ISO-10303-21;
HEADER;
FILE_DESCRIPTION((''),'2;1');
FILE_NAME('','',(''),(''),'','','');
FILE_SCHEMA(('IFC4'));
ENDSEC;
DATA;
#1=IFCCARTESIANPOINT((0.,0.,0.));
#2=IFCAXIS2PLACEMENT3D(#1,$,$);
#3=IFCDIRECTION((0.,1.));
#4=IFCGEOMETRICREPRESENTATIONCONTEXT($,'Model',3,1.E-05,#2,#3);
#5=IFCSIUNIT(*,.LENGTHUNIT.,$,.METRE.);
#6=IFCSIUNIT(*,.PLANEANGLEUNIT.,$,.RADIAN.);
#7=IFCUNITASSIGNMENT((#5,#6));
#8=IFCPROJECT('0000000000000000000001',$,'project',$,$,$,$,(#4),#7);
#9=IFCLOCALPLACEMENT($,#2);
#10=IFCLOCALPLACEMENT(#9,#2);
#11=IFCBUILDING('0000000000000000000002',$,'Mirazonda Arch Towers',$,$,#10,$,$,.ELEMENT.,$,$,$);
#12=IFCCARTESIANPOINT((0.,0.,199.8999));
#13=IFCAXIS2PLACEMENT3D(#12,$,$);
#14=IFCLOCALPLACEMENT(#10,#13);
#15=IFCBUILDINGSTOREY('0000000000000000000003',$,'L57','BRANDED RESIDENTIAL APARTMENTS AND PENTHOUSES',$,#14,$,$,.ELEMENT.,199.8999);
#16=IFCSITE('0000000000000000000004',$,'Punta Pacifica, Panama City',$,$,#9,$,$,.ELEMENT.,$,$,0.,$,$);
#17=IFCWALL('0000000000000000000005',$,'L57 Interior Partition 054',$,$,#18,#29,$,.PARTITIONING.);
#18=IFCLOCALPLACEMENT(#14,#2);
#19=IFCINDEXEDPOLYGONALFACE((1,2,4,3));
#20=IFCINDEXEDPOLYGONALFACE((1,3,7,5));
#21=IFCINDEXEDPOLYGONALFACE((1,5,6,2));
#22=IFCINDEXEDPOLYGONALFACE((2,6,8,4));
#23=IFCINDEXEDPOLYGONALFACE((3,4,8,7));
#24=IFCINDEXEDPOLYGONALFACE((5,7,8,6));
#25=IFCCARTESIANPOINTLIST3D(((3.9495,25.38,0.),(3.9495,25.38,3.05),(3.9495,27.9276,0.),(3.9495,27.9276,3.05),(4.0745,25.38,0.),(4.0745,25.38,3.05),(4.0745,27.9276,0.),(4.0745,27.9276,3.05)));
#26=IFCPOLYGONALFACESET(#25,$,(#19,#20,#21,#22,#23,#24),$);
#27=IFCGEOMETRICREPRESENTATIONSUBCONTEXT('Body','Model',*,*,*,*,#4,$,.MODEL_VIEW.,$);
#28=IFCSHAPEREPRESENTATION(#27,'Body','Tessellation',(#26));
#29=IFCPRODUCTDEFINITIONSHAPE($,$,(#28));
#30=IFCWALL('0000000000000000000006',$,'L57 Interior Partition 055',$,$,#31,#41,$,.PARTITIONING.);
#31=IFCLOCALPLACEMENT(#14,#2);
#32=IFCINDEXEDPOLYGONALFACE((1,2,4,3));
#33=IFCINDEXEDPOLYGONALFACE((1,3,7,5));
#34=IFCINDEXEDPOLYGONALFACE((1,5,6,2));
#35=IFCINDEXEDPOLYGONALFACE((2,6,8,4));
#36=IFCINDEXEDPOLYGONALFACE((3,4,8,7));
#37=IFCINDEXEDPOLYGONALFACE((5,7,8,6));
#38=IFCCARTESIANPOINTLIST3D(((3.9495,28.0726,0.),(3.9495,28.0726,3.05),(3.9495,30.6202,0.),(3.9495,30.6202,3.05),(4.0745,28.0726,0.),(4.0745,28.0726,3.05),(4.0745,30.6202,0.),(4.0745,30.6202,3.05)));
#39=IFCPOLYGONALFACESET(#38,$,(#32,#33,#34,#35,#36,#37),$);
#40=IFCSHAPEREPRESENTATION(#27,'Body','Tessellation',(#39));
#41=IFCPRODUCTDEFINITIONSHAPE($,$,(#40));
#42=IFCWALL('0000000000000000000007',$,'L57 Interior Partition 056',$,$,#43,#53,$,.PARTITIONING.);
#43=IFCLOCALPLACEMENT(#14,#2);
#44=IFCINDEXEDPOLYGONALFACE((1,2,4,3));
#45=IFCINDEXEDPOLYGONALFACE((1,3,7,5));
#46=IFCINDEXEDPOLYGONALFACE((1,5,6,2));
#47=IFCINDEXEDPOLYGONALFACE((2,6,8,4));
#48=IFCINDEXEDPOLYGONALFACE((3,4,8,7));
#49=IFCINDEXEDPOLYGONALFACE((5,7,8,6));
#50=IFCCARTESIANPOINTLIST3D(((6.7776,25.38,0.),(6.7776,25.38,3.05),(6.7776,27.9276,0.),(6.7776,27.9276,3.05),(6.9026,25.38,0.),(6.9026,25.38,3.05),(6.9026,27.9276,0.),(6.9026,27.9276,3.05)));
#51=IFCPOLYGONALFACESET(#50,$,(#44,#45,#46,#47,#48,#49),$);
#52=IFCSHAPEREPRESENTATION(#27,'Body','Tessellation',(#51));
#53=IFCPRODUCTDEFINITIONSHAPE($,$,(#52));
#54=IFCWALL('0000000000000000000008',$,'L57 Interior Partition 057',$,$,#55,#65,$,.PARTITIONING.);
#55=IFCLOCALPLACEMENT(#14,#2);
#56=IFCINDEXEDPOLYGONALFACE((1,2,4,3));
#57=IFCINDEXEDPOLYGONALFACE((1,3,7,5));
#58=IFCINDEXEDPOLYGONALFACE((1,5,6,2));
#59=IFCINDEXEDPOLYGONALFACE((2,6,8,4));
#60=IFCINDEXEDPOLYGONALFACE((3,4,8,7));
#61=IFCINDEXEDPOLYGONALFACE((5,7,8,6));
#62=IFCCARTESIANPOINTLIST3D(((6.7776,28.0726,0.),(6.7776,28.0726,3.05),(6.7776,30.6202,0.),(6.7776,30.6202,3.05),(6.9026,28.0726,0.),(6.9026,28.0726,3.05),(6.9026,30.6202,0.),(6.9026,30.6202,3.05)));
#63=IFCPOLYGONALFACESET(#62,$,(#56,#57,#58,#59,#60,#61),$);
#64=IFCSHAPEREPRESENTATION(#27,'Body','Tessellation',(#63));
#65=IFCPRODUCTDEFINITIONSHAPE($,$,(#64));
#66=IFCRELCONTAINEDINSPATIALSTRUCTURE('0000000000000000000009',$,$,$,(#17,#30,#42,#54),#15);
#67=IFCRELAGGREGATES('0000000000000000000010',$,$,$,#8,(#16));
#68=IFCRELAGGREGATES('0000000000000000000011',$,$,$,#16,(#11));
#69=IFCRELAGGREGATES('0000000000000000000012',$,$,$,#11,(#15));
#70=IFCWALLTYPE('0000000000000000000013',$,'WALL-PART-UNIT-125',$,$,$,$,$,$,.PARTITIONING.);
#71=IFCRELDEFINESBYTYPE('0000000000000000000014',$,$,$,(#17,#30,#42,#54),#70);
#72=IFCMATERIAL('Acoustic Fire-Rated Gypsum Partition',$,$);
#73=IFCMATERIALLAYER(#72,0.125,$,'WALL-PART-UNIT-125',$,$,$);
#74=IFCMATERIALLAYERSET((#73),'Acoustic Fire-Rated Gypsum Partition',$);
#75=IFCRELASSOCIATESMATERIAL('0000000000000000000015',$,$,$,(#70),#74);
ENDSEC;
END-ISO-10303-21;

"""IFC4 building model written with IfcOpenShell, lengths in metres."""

from ifc_helpers import new_model, si_unit, direction, frame, frame_2d, origin, place, context, subcontext, project, spatial, rectangle, extrude, material, layer, layer_set, type_object, element, save


model = new_model("IFC4")

# Units and contexts
model_context = context("Model", 3, precision=1e-05, world=origin(), true_north=direction((0.0, 1.0)))
body_context = subcontext(model_context, "Body", "Model", "MODEL_VIEW")
ifc_project = project(units=[si_unit("LENGTHUNIT", "METRE"), si_unit("PLANEANGLEUNIT", "RADIAN")], contexts=[model_context])

# Site, building, storey
site_placement = place(None, origin())
site = spatial("IfcSite", under=ifc_project, at=site_placement, Name="Punta Pacifica, Panama City", CompositionType="ELEMENT", RefElevation=0.0)
building_placement = place(site_placement, origin())
building = spatial("IfcBuilding", under=site, at=building_placement, Name="Mirazonda Arch Towers", CompositionType="ELEMENT")
storey_placement = place(building_placement, frame((0.0, 0.0, 199.8999)))
storey = spatial("IfcBuildingStorey", under=building, at=storey_placement, Name="L57", Description="BRANDED RESIDENTIAL APARTMENTS AND PENTHOUSES", CompositionType="ELEMENT", Elevation=199.8999)

# Walls
ifc_material_1 = material(Name="Acoustic Fire-Rated Gypsum Partition")
ifc_layer_1 = layer(ifc_material_1, 0.125, Name="WALL-PART-UNIT-125")
ifc_layer_set_1 = layer_set([ifc_layer_1], Name="Acoustic Fire-Rated Gypsum Partition")
wall_type_1 = type_object("IfcWallType", Name="WALL-PART-UNIT-125", PredefinedType="PARTITIONING", material=ifc_layer_set_1)
for number, where, z_axis, x_axis, name in (
    (1, (4.012, 25.3799, 0.0), (0.0, 0.0, 1.0), (0.0, 1.0, 0.0), "L57 Interior Partition 054"),
    (2, (4.012, 28.0725, 0.0), (0.0, 0.0, 1.0), (0.0, 1.0, 0.0), "L57 Interior Partition 055"),
    (3, (6.8401, 25.3799, 0.0), (0.0, 0.0, 1.0), (0.0, 1.0, 0.0), "L57 Interior Partition 056"),
    (4, (6.8401, 28.0725, 0.0), (0.0, 0.0, 1.0), (0.0, 1.0, 0.0), "L57 Interior Partition 057"),
):
    element("IfcWall", number, at=place(storey_placement, frame(where, z_axis=z_axis, x_axis=x_axis)), inside=storey, type_object=wall_type_1, Name=name, PredefinedType="PARTITIONING", context=body_context, shape_type="SweptSolid", body=[
        extrude(rectangle(XDim=2.5476, YDim=0.125, at=frame_2d((1.2739, 0.0))), origin(), (0.0, 0.0, 1.0), 3.05),
    ])

save(model, "model.ifc")
